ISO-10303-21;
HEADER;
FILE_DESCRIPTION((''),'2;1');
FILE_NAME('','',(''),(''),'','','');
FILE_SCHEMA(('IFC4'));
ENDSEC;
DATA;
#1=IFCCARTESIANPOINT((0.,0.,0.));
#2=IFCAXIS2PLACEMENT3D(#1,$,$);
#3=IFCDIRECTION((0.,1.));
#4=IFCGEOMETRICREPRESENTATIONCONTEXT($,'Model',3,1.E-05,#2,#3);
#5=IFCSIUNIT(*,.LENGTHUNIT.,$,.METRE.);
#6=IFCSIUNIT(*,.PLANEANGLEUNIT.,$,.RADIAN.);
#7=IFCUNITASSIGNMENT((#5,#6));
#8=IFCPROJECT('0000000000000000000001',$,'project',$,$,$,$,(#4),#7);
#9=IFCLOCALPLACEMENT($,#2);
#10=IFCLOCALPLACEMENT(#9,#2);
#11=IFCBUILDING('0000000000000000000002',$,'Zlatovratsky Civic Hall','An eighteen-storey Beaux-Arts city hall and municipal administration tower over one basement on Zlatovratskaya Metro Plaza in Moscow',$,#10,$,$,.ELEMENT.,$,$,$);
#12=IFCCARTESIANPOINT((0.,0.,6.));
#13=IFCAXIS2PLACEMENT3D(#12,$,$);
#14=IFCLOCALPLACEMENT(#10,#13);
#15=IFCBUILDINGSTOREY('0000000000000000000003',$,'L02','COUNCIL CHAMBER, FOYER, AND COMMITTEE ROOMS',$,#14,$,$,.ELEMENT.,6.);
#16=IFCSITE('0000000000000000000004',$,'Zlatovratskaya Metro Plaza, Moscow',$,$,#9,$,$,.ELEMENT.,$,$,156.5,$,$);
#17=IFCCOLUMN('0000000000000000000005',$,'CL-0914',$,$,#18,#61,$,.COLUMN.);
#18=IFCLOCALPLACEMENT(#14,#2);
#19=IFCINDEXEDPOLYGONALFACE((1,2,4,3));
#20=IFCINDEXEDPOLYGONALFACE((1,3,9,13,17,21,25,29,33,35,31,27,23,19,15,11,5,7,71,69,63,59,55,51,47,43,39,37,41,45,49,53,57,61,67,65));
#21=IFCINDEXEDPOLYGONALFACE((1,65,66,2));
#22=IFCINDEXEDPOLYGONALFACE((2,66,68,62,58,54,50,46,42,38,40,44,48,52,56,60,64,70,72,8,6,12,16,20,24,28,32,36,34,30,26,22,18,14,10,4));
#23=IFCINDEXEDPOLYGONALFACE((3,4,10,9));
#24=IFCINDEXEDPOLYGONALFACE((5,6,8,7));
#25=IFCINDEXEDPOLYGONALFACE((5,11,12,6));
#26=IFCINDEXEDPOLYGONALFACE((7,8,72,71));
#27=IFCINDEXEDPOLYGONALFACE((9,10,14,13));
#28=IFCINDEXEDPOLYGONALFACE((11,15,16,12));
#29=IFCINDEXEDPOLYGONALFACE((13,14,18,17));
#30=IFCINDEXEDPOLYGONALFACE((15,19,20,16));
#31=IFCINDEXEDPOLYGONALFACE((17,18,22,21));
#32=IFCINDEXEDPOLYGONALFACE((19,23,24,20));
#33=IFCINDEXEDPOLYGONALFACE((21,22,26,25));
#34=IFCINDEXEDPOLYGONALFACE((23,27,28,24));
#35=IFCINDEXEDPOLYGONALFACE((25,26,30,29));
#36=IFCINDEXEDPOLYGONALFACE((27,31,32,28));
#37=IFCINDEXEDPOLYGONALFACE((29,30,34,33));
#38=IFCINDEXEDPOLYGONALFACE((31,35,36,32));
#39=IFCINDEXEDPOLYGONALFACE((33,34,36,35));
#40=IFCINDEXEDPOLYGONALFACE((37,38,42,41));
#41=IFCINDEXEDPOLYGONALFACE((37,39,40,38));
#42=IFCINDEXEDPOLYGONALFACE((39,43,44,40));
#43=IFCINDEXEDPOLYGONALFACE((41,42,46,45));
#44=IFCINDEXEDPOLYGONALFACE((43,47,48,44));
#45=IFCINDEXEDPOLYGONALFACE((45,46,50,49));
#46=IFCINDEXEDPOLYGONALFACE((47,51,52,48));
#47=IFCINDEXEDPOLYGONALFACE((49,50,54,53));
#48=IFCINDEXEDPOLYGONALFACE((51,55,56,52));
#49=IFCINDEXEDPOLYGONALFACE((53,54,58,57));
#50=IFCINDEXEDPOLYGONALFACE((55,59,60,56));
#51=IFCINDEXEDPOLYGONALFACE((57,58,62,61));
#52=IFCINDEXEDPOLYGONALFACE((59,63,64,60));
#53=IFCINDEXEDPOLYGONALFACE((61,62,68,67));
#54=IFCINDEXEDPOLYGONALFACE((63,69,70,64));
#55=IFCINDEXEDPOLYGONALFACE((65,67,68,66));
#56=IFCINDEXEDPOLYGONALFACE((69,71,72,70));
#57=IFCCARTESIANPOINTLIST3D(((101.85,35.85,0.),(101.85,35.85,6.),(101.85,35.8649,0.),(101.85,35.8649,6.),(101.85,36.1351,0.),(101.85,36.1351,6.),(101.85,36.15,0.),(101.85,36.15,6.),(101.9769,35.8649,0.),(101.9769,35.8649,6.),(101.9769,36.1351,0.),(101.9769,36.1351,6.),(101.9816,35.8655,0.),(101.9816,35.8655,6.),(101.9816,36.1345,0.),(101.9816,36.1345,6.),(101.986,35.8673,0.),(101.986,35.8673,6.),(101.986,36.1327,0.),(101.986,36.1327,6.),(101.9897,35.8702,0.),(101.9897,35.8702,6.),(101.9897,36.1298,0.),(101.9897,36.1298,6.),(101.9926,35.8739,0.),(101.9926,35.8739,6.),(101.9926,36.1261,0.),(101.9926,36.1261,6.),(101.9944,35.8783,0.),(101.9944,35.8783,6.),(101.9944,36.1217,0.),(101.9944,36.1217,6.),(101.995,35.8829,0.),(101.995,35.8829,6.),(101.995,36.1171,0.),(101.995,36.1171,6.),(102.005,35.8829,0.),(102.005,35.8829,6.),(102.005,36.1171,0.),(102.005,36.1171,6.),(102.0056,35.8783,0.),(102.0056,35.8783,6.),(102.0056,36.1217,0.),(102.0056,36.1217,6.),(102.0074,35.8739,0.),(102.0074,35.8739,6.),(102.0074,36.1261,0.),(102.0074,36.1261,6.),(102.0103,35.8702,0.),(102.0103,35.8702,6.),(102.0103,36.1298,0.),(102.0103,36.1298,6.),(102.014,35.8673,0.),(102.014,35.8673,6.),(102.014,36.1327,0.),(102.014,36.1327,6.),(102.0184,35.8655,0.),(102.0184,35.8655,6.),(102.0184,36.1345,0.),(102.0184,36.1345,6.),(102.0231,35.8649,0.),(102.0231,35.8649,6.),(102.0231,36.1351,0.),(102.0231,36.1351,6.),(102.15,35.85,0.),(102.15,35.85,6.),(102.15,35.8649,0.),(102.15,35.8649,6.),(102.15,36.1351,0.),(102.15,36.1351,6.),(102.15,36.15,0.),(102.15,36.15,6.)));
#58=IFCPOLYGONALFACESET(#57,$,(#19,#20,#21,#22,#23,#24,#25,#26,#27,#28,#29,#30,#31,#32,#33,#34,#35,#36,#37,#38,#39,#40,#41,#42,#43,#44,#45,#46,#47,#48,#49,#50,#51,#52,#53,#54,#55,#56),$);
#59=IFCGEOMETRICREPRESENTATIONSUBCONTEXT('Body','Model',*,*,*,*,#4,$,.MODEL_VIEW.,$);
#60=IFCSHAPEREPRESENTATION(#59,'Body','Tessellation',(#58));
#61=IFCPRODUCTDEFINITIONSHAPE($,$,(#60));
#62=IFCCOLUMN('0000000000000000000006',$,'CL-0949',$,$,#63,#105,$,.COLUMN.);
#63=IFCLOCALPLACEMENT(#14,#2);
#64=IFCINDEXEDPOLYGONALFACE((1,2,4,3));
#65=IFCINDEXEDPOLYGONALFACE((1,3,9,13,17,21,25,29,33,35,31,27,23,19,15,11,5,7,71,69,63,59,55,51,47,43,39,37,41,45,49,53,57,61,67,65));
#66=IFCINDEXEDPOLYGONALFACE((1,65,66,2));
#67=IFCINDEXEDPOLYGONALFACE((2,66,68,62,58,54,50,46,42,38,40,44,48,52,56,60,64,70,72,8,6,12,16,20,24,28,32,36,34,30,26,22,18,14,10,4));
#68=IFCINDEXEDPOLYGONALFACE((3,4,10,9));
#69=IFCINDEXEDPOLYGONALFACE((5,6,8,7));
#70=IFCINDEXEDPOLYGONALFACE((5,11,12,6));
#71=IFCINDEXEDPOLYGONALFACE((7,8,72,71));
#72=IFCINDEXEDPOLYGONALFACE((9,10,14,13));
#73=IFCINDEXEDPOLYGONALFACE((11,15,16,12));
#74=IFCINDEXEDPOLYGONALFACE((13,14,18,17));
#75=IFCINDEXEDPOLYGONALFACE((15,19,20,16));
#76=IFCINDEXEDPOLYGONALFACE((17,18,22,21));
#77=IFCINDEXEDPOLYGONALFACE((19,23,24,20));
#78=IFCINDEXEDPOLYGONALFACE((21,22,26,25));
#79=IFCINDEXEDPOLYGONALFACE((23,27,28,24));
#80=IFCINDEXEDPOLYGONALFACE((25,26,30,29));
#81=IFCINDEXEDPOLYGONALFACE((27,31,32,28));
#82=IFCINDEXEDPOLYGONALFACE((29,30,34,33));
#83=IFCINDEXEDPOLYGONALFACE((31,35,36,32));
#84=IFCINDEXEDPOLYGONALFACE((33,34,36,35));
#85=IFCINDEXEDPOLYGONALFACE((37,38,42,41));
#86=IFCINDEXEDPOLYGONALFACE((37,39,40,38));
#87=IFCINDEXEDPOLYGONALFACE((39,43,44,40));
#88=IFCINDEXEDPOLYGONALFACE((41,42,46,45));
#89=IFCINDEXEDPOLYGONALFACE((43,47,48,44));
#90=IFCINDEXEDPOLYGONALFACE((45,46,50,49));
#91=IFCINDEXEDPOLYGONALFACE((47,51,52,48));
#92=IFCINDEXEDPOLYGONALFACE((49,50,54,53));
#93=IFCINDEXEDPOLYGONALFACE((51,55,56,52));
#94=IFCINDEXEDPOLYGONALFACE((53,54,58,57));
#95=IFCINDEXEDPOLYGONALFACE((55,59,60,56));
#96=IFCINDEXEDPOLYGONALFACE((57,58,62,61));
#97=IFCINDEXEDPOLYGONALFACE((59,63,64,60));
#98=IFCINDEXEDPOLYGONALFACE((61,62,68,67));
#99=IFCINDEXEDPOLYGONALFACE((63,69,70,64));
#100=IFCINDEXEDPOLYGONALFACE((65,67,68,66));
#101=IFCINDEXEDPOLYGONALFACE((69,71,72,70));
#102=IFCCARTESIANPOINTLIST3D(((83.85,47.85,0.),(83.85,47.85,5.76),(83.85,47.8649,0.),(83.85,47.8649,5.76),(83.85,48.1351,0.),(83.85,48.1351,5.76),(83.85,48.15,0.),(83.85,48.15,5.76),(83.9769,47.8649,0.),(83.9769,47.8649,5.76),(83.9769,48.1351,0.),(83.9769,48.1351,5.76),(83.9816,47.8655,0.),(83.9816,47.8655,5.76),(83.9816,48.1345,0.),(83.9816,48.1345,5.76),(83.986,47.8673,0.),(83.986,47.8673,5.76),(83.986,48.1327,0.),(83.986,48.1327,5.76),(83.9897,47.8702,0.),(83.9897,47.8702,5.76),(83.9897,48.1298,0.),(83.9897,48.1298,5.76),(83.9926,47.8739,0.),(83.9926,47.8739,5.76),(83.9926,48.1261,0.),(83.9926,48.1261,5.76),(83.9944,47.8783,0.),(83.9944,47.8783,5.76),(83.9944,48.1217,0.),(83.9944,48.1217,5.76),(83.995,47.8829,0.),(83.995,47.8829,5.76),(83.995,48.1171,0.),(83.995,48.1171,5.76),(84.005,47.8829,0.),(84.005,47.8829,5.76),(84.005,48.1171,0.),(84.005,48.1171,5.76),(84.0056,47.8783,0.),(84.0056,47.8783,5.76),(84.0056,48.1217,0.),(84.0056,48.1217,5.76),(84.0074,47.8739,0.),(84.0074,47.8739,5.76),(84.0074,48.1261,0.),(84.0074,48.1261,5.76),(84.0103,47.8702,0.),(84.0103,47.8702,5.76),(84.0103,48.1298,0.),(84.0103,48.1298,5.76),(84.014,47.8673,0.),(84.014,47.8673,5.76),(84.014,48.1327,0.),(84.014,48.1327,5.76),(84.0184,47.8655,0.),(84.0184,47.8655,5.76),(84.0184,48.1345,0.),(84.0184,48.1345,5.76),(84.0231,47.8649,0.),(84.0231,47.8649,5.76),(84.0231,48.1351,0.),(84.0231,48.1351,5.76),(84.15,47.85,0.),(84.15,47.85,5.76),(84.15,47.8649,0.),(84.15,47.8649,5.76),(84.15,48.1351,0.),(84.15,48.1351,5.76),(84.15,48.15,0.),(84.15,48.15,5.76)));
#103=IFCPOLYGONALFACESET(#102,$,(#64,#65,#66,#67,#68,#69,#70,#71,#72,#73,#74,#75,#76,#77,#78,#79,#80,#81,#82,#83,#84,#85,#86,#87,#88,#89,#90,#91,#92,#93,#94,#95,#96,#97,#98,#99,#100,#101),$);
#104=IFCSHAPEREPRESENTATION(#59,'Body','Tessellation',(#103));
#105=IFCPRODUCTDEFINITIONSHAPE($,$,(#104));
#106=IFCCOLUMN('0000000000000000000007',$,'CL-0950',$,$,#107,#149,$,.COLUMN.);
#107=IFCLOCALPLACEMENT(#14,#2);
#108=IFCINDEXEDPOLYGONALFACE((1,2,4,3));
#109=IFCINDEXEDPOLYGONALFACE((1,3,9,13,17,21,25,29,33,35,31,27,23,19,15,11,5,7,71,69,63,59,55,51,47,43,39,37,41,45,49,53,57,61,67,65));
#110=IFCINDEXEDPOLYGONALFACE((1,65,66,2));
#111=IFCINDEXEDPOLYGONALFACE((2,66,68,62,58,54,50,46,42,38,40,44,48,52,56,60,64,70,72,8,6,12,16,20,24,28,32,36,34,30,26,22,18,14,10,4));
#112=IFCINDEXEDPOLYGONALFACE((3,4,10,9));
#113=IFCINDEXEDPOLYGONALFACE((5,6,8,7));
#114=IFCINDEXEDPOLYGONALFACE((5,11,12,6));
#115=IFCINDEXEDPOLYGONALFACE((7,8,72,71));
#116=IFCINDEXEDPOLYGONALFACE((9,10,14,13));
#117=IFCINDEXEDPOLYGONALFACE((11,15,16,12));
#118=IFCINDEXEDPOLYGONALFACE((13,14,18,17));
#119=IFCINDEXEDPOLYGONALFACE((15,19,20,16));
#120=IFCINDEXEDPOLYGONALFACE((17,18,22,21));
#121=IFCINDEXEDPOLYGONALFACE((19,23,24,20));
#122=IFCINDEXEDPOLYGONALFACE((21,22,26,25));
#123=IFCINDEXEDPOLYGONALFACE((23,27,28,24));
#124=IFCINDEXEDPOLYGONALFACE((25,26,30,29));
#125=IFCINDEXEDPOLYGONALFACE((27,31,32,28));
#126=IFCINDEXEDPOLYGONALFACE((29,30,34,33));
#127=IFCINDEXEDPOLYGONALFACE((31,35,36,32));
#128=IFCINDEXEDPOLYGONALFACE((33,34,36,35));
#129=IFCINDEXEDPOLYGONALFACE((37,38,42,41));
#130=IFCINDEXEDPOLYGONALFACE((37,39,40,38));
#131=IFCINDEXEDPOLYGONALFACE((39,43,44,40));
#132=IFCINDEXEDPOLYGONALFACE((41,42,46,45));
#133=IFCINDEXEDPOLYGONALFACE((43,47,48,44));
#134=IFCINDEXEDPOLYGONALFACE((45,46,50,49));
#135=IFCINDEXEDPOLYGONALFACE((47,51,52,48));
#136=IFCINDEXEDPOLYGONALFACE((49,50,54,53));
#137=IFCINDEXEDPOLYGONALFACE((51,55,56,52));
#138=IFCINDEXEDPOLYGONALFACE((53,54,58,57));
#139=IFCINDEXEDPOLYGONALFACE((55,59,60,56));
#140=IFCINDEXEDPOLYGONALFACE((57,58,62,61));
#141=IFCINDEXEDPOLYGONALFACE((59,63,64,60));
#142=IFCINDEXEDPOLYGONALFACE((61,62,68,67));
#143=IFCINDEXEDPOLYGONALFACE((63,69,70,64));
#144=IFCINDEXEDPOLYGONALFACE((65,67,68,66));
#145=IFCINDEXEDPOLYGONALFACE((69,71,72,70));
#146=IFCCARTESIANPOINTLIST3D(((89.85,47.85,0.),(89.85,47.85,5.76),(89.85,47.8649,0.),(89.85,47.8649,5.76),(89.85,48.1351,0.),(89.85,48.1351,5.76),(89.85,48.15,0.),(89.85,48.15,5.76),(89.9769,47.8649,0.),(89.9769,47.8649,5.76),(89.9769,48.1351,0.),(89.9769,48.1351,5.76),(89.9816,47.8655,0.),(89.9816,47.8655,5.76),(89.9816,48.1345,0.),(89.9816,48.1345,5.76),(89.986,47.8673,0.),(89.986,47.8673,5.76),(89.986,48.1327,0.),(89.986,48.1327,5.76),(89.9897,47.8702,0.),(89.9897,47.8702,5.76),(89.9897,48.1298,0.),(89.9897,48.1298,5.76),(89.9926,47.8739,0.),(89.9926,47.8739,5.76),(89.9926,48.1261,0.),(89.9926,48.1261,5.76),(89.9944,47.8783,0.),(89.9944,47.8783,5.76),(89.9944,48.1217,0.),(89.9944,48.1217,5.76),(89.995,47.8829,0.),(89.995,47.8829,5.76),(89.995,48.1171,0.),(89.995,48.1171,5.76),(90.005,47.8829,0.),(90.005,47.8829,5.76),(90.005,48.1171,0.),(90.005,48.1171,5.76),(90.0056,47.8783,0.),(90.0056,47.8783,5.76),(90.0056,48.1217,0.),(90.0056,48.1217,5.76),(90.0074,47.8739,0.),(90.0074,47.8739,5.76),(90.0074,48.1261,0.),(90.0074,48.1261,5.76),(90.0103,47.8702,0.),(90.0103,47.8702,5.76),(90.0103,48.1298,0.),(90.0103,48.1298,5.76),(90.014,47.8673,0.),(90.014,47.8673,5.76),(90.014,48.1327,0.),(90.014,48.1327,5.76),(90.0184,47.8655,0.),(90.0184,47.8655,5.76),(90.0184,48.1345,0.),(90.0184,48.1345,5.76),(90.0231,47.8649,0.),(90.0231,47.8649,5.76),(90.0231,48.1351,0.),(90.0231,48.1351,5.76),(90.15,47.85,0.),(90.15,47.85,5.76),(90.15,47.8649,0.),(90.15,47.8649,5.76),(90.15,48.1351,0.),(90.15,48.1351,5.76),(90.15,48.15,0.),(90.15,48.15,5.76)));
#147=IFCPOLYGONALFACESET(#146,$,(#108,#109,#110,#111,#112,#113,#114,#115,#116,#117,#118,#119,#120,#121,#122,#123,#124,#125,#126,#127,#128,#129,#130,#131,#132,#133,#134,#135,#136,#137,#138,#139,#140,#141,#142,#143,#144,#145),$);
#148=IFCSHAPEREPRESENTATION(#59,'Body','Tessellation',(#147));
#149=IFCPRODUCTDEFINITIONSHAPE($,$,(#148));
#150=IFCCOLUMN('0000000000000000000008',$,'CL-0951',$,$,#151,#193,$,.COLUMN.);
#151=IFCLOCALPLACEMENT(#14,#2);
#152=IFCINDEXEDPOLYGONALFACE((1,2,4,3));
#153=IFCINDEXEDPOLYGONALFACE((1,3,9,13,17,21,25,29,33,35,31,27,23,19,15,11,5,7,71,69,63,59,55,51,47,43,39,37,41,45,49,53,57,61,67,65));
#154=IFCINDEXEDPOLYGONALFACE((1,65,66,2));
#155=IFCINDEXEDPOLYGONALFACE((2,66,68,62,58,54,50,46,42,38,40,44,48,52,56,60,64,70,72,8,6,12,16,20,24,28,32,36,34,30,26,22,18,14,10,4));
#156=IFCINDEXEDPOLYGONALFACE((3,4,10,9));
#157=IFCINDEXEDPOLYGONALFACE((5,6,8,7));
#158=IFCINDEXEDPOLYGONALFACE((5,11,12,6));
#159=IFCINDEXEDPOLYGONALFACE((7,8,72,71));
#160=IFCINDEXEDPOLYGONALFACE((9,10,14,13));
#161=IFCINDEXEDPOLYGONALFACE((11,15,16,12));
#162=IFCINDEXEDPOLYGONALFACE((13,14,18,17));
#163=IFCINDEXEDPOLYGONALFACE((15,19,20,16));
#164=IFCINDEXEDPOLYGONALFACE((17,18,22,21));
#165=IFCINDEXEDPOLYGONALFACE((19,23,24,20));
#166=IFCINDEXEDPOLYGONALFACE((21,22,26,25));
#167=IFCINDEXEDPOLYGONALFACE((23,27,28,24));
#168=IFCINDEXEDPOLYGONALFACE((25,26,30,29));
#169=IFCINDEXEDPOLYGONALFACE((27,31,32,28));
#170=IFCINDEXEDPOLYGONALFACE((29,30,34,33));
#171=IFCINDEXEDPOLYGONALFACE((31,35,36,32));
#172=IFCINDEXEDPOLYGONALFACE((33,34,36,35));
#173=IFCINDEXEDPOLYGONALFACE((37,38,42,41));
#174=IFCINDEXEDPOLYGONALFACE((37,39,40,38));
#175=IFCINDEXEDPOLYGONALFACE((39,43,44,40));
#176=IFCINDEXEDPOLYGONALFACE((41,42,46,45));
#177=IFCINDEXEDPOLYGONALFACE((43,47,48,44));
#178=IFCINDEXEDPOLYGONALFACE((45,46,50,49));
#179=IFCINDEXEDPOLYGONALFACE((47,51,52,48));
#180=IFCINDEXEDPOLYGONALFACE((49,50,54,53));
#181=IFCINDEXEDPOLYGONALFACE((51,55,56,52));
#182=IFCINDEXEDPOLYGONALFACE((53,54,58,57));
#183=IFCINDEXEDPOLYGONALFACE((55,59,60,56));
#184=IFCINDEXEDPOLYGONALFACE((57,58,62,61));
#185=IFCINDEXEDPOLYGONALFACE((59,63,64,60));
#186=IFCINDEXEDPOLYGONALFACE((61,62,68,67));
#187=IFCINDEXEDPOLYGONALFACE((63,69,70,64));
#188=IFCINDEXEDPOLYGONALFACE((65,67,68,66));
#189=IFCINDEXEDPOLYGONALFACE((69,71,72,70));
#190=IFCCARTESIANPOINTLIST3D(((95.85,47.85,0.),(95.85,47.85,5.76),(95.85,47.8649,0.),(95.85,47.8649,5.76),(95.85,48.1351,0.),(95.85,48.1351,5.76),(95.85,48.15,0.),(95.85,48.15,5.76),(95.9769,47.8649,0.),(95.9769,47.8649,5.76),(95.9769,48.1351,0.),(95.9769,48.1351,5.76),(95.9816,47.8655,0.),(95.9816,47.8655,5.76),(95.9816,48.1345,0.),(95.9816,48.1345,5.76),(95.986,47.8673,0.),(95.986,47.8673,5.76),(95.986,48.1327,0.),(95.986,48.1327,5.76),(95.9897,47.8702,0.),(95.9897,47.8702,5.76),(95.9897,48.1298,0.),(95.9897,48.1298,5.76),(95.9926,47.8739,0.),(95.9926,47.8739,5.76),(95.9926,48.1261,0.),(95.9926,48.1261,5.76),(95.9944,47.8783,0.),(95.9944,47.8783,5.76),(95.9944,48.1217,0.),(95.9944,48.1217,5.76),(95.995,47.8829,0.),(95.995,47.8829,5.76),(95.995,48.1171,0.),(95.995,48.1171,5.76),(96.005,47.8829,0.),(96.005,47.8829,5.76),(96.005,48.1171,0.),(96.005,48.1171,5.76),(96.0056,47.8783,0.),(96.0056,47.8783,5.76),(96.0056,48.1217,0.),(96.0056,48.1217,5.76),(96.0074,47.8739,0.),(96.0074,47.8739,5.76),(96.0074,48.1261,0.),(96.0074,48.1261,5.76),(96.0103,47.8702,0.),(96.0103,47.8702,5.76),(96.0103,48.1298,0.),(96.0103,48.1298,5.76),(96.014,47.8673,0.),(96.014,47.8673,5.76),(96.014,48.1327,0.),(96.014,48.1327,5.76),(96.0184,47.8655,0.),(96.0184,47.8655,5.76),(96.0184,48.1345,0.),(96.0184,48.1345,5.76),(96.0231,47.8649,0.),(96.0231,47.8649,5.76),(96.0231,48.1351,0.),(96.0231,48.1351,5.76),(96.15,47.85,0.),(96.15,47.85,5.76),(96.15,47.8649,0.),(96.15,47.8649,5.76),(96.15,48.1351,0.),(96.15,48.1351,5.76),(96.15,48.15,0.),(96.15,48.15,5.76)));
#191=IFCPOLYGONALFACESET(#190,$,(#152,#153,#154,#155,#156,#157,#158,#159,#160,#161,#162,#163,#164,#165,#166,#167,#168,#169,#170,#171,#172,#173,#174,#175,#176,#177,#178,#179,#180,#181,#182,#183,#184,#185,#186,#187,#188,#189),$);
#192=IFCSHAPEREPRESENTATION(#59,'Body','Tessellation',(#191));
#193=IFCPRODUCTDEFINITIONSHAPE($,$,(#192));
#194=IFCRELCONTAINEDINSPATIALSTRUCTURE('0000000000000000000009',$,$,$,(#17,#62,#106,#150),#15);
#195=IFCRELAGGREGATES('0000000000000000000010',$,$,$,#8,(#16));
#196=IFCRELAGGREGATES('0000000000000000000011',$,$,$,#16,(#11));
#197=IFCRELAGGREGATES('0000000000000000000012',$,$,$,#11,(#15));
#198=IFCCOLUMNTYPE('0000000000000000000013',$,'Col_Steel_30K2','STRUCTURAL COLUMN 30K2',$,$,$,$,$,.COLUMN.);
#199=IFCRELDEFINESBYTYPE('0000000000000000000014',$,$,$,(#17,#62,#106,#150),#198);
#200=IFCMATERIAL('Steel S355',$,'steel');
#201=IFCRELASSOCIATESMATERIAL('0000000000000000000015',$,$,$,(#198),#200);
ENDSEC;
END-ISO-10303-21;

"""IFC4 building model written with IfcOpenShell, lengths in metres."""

from ifc_helpers import new_model, si_unit, direction, frame, origin, origin_2d, place, context, subcontext, project, spatial, i_section, extrude, material, material_profile, profile_set, type_object, element, save


model = new_model("IFC4")

# Units and contexts
model_context = context("Model", 3, precision=1e-05, world=origin(), true_north=direction((0.0, 1.0)))
body_context = subcontext(model_context, "Body", "Model", "MODEL_VIEW")
ifc_project = project(units=[si_unit("LENGTHUNIT", "METRE"), si_unit("PLANEANGLEUNIT", "RADIAN")], contexts=[model_context])

# Site, building, storey
site_placement = place(None, origin())
site = spatial("IfcSite", under=ifc_project, at=site_placement, Name="Zlatovratskaya Metro Plaza, Moscow", CompositionType="ELEMENT", RefElevation=156.5)
building_placement = place(site_placement, origin())
building = spatial("IfcBuilding", under=site, at=building_placement, Name="Zlatovratsky Civic Hall", Description="An eighteen-storey Beaux-Arts city hall and municipal administration tower over one basement on Zlatovratskaya Metro Plaza in Moscow", CompositionType="ELEMENT")
storey_placement = place(building_placement, frame((0.0, 0.0, 6.0)))
storey = spatial("IfcBuildingStorey", under=building, at=storey_placement, Name="L02", Description="COUNCIL CHAMBER, FOYER, AND COMMITTEE ROOMS", CompositionType="ELEMENT", Elevation=6.0)

# Columns
ifc_material_1 = material(Name="Steel S355", Category="steel")
ifc_material_profile_1 = material_profile(ifc_material_1, i_section(OverallWidth=0.3, OverallDepth=0.3, WebThickness=0.01, FlangeThickness=0.0149, FilletRadius=0.0181, at=origin_2d()), Name="30K2")
ifc_profile_set_1 = profile_set([ifc_material_profile_1], Name="Steel S355")
column_type_1 = type_object("IfcColumnType", Name="Col_Steel_30K2", Description="STRUCTURAL COLUMN 30K2", PredefinedType="COLUMN", material=ifc_profile_set_1)
for number, where, z_axis, x_axis, name in (
    (1, (102.0, 36.0, 0.0), (0.0, 0.0, 1.0), (1.0, 0.0, 0.0), "CL-0914"),
):
    element("IfcColumn", number, at=place(storey_placement, frame(where, z_axis=z_axis, x_axis=x_axis)), inside=storey, type_object=column_type_1, Name=name, PredefinedType="COLUMN", context=body_context, shape_type="SweptSolid", body=[
        extrude(i_section(OverallWidth=0.3, OverallDepth=0.3, WebThickness=0.01, FlangeThickness=0.0149, FilletRadius=0.0181, at=origin_2d()), origin(), (0.0, 0.0, 1.0), 6.0),
    ])
for number, where, z_axis, x_axis, name in (
    (2, (84.0, 48.0, 0.0), (0.0, 0.0, 1.0), (1.0, 0.0, 0.0), "CL-0949"),
    (3, (90.0, 48.0, 0.0), (0.0, 0.0, 1.0), (1.0, 0.0, 0.0), "CL-0950"),
    (4, (96.0, 48.0, 0.0), (0.0, 0.0, 1.0), (1.0, 0.0, 0.0), "CL-0951"),
):
    element("IfcColumn", number, at=place(storey_placement, frame(where, z_axis=z_axis, x_axis=x_axis)), inside=storey, type_object=column_type_1, Name=name, PredefinedType="COLUMN", context=body_context, shape_type="SweptSolid", body=[
        extrude(i_section(OverallWidth=0.3, OverallDepth=0.3, WebThickness=0.01, FlangeThickness=0.0149, FilletRadius=0.0181, at=origin_2d()), origin(), (0.0, 0.0, 1.0), 5.76),
    ])

save(model, "model.ifc")
